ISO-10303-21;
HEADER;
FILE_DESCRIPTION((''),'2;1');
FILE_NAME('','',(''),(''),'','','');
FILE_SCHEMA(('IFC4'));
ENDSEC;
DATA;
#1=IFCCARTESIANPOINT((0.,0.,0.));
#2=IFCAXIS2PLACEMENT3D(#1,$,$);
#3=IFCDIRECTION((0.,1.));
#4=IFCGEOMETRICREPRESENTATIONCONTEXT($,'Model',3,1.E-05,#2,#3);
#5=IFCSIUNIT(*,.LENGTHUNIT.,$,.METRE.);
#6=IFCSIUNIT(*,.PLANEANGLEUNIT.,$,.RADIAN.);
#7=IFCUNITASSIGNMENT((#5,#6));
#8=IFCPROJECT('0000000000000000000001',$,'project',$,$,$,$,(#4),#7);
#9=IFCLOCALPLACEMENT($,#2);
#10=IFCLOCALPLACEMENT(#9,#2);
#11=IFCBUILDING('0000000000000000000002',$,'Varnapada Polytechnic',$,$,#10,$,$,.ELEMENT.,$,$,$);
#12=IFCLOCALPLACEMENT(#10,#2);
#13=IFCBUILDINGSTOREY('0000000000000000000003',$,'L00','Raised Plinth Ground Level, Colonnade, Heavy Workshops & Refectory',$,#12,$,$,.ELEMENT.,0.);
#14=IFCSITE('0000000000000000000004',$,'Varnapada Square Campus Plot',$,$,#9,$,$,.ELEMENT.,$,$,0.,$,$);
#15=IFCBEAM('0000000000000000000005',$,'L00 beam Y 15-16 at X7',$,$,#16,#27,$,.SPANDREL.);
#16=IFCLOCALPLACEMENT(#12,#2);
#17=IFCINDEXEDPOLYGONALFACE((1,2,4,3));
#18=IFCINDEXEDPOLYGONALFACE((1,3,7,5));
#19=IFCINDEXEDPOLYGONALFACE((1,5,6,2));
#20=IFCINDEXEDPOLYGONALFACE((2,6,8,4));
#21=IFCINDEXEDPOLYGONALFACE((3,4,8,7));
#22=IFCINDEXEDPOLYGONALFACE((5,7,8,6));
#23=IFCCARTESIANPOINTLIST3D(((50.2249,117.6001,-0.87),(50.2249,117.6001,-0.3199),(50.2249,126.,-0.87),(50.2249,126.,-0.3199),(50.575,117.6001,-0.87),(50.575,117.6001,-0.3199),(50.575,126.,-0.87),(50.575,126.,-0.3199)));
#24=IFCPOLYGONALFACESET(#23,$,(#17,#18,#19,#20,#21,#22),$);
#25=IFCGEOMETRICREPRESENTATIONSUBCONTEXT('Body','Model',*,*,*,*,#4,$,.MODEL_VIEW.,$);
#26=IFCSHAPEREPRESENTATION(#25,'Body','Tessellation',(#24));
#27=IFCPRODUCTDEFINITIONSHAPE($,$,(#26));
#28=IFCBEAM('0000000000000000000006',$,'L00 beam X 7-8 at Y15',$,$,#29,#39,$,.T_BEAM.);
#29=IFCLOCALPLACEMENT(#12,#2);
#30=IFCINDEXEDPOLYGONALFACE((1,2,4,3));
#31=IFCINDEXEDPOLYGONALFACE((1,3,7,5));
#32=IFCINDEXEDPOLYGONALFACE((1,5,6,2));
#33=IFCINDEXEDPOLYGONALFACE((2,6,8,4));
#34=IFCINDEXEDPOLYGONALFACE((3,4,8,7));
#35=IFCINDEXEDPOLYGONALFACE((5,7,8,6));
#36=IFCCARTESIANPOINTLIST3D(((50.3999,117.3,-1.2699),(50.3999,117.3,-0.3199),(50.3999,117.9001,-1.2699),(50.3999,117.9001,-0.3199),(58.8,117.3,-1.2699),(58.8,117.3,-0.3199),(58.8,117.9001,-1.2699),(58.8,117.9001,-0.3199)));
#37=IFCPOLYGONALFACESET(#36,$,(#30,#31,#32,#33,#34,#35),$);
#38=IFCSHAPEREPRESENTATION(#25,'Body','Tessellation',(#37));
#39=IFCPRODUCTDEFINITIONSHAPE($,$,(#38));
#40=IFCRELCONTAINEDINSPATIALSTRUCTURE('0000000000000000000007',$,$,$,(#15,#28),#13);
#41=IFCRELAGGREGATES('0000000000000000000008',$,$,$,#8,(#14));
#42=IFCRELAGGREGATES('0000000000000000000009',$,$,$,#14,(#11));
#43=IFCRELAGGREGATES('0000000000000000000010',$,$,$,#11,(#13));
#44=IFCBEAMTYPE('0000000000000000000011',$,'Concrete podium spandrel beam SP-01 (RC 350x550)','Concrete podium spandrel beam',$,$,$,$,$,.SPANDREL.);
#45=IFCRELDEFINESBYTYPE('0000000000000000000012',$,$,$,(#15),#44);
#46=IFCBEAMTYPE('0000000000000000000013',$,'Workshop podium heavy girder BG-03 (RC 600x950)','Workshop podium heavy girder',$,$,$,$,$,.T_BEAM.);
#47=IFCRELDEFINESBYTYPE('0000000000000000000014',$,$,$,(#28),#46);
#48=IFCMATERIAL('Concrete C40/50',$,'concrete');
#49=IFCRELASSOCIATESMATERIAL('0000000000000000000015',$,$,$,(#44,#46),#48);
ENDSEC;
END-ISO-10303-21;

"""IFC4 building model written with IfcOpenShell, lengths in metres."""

from ifc_helpers import new_model, si_unit, direction, frame, origin, origin_2d, place, context, subcontext, project, spatial, rectangle, extrude, material, material_profile, profile_set, type_object, element, save


model = new_model("IFC4")

# Units and contexts
model_context = context("Model", 3, precision=1e-05, world=origin(), true_north=direction((0.0, 1.0)))
body_context = subcontext(model_context, "Body", "Model", "MODEL_VIEW")
ifc_project = project(units=[si_unit("LENGTHUNIT", "METRE"), si_unit("PLANEANGLEUNIT", "RADIAN")], contexts=[model_context])

# Site, building, storey
site_placement = place(None, origin())
site = spatial("IfcSite", under=ifc_project, at=site_placement, Name="Varnapada Square Campus Plot", CompositionType="ELEMENT", RefElevation=0.0)
building_placement = place(site_placement, origin())
building = spatial("IfcBuilding", under=site, at=building_placement, Name="Varnapada Polytechnic", CompositionType="ELEMENT")
storey_placement = place(building_placement, origin())
storey = spatial("IfcBuildingStorey", under=building, at=storey_placement, Name="L00", Description="Raised Plinth Ground Level, Colonnade, Heavy Workshops & Refectory", CompositionType="ELEMENT", Elevation=0.0)

# Beams
ifc_material_1 = material(Name="Concrete C40/50", Category="concrete")
ifc_material_profile_1 = material_profile(ifc_material_1, rectangle(XDim=0.3501, YDim=0.55, at=origin_2d()), Name="RC 350x550")
ifc_profile_set_1 = profile_set([ifc_material_profile_1], Name="Concrete C40/50")
beam_type_1 = type_object("IfcBeamType", Name="Concrete podium spandrel beam SP-01 (RC 350x550)", Description="Concrete podium spandrel beam", PredefinedType="SPANDREL", material=ifc_profile_set_1)
beam_1_placement = place(storey_placement, frame((50.3999, 117.6001, -0.595), z_axis=(0.0, 1.0, 0.0), x_axis=(-1.0, 0.0, 0.0)))
element("IfcBeam", 1, at=beam_1_placement, inside=storey, type_object=beam_type_1, Name="L00 beam Y 15-16 at X7", PredefinedType="SPANDREL", context=body_context, shape_type="SweptSolid", body=[
    extrude(rectangle(XDim=0.3501, YDim=0.55, at=origin_2d()), origin(), (0.0, 0.0, 1.0), 8.3999),
])
ifc_material_profile_2 = material_profile(ifc_material_1, rectangle(XDim=0.6001, YDim=0.95, at=origin_2d()), Name="RC 600x950")
ifc_profile_set_2 = profile_set([ifc_material_profile_2], Name="Concrete C40/50")
beam_type_2 = type_object("IfcBeamType", Name="Workshop podium heavy girder BG-03 (RC 600x950)", Description="Workshop podium heavy girder", PredefinedType="T_BEAM", material=ifc_profile_set_2)
beam_2_placement = place(storey_placement, frame((50.3999, 117.6001, -0.7949), z_axis=(1.0, 0.0, 0.0), x_axis=(0.0, 1.0, 0.0)))
element("IfcBeam", 2, at=beam_2_placement, inside=storey, type_object=beam_type_2, Name="L00 beam X 7-8 at Y15", PredefinedType="T_BEAM", context=body_context, shape_type="SweptSolid", body=[
    extrude(rectangle(XDim=0.6001, YDim=0.95, at=origin_2d()), origin(), (0.0, 0.0, 1.0), 8.4001),
])

save(model, "model.ifc")
